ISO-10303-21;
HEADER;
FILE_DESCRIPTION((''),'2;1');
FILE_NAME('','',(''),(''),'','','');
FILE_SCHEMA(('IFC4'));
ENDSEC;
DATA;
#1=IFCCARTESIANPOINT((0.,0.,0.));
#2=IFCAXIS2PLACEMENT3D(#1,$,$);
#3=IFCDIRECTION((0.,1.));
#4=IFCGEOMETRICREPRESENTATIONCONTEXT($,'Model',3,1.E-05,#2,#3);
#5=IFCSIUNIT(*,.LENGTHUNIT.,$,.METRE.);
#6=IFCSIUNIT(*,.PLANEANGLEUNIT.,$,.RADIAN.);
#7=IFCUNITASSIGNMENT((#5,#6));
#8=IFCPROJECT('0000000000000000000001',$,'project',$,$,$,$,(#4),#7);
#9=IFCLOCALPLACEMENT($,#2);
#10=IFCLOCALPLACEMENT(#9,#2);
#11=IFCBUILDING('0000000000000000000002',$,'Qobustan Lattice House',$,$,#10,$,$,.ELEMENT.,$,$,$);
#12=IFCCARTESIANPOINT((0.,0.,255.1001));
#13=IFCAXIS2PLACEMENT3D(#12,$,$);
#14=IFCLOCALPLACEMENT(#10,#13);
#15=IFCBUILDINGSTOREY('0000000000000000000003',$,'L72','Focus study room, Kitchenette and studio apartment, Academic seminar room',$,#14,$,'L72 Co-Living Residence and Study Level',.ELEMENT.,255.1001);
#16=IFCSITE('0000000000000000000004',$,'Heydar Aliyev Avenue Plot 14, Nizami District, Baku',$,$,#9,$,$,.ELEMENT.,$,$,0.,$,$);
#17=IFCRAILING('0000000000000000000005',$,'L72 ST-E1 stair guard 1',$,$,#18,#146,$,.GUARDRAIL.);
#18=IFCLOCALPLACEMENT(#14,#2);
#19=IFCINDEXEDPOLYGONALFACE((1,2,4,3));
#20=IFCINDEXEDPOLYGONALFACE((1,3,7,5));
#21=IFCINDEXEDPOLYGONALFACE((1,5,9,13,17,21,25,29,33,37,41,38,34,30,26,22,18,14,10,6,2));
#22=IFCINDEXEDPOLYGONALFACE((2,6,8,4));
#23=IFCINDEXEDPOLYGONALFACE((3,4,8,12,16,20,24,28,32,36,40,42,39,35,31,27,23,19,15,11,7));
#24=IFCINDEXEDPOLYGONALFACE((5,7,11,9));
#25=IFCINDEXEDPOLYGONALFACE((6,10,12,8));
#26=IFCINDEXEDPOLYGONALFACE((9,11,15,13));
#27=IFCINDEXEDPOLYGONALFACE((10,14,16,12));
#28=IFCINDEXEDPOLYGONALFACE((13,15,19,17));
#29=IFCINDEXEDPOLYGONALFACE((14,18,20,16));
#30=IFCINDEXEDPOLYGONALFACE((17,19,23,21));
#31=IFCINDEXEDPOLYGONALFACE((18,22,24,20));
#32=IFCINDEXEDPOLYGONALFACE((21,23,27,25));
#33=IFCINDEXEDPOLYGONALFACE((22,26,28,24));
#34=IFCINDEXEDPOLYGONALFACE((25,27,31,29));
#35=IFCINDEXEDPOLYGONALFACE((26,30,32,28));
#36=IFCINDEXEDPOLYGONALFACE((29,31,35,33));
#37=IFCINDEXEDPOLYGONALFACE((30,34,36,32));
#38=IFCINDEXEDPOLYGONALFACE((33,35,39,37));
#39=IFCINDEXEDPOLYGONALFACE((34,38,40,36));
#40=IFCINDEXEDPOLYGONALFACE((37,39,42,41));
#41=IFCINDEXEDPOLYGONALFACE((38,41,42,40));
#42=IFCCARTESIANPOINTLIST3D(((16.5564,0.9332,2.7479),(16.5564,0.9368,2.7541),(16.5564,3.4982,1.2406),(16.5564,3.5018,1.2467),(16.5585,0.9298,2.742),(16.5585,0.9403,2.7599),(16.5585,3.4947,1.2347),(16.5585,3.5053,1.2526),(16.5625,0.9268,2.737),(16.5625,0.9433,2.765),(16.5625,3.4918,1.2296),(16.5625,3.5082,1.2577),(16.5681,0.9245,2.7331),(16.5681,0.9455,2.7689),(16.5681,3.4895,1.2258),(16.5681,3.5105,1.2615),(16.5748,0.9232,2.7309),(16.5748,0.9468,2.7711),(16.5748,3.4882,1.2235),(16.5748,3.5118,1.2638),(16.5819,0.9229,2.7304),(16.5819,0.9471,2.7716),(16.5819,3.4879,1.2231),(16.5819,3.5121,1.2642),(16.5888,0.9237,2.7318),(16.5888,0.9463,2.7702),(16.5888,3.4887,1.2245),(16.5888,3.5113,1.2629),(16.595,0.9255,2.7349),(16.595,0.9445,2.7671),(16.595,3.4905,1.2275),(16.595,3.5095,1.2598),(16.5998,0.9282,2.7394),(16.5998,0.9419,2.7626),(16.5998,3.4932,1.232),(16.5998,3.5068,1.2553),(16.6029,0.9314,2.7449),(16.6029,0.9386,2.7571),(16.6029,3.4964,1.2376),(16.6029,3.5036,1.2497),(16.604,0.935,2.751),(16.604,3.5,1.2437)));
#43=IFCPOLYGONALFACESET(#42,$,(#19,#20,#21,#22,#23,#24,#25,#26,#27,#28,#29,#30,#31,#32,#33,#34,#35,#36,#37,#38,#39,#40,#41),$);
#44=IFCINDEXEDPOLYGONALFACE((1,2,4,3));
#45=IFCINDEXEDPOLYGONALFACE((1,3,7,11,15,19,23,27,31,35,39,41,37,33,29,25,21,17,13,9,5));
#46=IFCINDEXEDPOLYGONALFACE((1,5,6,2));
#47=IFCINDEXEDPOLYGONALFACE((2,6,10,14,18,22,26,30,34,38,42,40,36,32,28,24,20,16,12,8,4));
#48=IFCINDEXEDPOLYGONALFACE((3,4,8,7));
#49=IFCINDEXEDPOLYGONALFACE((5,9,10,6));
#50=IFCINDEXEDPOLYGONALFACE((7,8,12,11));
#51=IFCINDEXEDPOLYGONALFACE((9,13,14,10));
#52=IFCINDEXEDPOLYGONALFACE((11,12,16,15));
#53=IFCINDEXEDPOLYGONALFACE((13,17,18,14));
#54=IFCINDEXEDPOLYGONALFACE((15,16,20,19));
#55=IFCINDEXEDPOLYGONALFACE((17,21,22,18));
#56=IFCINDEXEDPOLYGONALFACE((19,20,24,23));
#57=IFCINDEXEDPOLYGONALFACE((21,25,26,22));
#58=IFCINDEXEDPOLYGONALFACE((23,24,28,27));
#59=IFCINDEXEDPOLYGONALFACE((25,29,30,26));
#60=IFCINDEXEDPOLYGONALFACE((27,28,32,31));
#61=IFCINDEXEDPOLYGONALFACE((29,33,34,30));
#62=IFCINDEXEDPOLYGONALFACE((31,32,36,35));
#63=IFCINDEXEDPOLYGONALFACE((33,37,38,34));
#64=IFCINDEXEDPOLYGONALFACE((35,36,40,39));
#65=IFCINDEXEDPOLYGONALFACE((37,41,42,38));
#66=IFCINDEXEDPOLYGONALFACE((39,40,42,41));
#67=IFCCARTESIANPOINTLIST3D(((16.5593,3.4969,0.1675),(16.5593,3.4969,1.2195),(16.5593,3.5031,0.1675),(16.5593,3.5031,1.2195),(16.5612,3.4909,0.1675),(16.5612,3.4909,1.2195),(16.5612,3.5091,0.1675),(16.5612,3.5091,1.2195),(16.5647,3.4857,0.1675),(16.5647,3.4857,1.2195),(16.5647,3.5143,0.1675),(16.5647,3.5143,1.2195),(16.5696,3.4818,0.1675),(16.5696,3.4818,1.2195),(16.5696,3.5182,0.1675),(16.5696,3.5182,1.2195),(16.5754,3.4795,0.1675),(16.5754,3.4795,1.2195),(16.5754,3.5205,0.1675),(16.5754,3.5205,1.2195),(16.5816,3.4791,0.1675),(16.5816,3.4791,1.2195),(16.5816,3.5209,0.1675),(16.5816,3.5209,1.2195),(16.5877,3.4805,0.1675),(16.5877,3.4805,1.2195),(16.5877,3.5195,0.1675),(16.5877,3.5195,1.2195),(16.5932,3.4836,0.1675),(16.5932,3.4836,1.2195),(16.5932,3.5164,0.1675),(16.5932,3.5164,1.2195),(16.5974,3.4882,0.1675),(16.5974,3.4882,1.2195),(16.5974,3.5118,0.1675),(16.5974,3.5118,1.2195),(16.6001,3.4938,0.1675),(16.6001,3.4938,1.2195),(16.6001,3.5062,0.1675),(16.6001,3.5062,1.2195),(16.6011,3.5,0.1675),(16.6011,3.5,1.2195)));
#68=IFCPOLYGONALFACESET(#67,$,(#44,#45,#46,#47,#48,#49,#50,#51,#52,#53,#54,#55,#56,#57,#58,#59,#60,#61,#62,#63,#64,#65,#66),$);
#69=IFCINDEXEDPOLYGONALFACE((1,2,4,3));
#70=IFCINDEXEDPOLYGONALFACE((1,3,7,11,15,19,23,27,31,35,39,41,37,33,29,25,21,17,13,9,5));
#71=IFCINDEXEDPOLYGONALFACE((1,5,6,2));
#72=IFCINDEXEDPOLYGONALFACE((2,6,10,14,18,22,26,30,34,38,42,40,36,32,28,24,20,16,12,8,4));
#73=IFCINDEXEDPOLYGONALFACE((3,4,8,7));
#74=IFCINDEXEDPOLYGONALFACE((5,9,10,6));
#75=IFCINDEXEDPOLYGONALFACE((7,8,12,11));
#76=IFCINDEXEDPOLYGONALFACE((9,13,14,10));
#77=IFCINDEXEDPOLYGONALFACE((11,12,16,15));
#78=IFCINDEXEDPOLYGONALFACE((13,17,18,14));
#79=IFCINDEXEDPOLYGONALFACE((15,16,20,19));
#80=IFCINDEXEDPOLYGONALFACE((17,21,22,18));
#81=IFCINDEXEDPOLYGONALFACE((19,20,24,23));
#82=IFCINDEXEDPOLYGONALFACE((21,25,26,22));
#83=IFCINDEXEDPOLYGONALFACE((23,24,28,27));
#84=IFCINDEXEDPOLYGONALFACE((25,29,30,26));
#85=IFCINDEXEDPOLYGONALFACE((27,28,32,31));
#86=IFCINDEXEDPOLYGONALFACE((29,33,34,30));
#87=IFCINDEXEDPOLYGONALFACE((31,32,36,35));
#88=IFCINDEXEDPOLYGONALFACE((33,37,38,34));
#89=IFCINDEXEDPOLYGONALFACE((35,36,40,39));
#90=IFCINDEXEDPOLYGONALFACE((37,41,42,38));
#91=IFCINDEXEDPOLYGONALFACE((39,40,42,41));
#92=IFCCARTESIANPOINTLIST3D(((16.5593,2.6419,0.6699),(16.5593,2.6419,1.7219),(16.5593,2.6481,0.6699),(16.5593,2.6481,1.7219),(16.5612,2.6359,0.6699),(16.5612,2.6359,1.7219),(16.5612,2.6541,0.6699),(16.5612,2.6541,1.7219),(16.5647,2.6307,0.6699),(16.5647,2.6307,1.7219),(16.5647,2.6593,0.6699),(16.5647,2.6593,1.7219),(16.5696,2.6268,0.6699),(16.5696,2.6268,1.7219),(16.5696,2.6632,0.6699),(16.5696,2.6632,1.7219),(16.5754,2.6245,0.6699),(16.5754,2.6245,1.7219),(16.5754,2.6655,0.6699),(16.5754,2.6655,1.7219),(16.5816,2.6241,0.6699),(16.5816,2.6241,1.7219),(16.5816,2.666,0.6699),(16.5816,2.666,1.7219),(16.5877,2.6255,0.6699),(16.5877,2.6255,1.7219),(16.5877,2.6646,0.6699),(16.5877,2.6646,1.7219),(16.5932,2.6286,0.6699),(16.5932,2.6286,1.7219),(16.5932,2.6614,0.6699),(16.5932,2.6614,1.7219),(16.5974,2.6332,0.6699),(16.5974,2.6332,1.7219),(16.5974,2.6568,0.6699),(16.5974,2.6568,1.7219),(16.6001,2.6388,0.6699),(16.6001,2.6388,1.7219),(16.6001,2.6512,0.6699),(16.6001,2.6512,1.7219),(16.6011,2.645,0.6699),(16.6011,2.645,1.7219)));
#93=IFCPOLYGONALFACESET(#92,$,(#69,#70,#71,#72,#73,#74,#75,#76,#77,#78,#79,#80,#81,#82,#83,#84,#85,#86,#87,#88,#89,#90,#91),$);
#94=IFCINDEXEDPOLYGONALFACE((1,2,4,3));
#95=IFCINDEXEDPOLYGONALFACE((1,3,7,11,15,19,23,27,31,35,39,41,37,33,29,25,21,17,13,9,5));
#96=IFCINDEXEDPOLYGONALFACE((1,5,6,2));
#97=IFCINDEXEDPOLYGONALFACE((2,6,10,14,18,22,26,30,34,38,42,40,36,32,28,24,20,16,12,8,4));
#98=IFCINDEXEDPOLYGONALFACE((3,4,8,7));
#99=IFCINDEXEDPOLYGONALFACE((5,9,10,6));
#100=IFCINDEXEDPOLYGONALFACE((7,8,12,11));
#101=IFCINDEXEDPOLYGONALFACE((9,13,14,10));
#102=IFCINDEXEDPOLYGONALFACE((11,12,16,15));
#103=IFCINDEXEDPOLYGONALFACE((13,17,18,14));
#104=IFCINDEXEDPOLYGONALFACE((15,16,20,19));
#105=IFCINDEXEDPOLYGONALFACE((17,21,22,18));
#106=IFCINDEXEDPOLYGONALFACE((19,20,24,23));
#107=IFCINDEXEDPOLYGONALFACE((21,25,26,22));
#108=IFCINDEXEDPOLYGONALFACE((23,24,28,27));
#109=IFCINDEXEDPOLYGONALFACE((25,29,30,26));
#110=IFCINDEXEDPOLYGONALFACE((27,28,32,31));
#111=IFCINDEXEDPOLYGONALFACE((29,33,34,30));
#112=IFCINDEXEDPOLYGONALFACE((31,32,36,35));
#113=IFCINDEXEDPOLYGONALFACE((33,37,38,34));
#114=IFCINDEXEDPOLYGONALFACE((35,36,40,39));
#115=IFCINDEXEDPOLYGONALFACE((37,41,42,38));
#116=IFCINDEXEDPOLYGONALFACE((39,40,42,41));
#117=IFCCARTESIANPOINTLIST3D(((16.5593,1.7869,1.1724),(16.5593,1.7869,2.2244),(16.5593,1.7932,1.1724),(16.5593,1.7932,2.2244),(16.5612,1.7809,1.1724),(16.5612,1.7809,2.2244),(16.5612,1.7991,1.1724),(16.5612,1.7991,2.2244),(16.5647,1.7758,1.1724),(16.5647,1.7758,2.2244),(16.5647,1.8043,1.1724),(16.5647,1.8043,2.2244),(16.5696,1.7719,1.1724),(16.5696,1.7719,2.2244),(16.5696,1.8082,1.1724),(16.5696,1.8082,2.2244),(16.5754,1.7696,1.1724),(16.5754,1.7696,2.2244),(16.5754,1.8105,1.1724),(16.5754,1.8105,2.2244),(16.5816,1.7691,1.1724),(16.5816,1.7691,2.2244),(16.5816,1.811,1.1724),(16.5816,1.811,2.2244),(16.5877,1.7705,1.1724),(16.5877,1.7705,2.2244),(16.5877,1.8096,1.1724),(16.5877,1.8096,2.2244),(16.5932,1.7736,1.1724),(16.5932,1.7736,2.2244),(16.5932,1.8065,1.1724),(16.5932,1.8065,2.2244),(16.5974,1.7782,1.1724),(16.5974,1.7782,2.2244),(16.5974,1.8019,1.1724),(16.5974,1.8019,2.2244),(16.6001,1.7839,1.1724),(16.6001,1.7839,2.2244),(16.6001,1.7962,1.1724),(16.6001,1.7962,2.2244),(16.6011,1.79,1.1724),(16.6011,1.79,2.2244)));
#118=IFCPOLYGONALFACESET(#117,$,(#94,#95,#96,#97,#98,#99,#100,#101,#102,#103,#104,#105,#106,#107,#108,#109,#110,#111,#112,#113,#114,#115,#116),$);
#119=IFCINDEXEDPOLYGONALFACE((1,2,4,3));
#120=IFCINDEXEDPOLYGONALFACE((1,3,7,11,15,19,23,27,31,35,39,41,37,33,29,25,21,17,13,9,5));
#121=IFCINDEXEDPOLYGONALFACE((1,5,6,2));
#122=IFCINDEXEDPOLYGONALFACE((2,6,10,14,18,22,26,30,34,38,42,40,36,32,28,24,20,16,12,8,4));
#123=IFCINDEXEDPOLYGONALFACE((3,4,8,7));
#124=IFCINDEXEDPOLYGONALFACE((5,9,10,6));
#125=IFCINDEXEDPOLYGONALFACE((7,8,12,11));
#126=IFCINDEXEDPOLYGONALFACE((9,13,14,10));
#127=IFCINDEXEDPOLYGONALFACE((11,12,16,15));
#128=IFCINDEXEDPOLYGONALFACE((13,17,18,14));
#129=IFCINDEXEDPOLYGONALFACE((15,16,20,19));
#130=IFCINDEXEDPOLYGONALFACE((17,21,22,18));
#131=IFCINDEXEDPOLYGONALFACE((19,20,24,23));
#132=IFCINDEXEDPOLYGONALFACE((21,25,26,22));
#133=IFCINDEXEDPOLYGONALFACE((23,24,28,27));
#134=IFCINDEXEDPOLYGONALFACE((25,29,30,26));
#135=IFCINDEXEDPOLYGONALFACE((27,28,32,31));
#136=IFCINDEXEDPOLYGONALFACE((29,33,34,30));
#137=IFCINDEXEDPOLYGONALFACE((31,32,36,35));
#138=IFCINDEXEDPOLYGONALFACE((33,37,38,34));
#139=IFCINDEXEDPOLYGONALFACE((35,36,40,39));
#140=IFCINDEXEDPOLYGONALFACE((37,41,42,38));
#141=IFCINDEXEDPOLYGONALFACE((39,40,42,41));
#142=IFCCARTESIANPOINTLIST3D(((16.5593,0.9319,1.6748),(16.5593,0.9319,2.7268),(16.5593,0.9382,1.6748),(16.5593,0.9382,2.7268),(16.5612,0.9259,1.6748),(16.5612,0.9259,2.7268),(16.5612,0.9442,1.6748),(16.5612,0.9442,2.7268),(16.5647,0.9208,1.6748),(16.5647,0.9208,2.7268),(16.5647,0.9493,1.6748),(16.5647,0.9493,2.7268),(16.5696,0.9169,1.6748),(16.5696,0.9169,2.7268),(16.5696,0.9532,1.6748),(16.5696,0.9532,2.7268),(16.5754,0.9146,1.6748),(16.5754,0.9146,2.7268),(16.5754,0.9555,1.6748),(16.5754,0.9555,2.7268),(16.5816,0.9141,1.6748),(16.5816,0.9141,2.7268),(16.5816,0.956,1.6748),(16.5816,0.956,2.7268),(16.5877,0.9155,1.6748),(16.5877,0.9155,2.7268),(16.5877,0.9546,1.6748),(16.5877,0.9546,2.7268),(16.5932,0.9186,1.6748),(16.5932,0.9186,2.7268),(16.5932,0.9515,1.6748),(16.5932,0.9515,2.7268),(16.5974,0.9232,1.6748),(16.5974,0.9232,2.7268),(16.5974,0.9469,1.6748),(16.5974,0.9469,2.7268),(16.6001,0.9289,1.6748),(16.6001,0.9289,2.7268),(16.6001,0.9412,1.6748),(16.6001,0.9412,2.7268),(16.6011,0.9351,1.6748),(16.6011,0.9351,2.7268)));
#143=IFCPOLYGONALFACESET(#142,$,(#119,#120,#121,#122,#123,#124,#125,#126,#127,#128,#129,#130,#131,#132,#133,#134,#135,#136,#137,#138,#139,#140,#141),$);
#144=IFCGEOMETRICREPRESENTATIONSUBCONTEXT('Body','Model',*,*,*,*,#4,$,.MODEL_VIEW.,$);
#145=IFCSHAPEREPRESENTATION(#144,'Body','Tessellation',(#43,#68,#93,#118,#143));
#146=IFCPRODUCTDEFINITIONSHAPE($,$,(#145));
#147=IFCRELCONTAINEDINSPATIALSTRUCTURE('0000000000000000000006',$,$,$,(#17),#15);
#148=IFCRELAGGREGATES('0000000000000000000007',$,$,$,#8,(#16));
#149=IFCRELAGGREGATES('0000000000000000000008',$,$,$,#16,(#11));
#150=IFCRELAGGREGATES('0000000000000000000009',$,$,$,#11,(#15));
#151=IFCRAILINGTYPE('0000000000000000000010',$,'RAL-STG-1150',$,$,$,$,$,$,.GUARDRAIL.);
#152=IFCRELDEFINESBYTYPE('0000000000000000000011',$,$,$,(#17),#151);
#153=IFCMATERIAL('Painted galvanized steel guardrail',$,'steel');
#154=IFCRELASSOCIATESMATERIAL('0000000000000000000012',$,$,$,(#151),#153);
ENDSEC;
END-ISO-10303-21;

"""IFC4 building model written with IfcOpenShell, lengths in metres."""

from ifc_helpers import new_model, si_unit, direction, frame, origin, origin_2d, place, context, subcontext, project, spatial, circle, extrude, material, type_object, element, save


model = new_model("IFC4")

# Units and contexts
model_context = context("Model", 3, precision=1e-05, world=origin(), true_north=direction((0.0, 1.0)))
body_context = subcontext(model_context, "Body", "Model", "MODEL_VIEW")
ifc_project = project(units=[si_unit("LENGTHUNIT", "METRE"), si_unit("PLANEANGLEUNIT", "RADIAN")], contexts=[model_context])

# Site, building, storey
site_placement = place(None, origin())
site = spatial("IfcSite", under=ifc_project, at=site_placement, Name="Heydar Aliyev Avenue Plot 14, Nizami District, Baku", CompositionType="ELEMENT", RefElevation=0.0)
building_placement = place(site_placement, origin())
building = spatial("IfcBuilding", under=site, at=building_placement, Name="Qobustan Lattice House", CompositionType="ELEMENT")
storey_placement = place(building_placement, frame((0.0, 0.0, 255.1001)))
storey = spatial("IfcBuildingStorey", under=building, at=storey_placement, Name="L72", Description="Focus study room, Kitchenette and studio apartment, Academic seminar room", LongName="L72 Co-Living Residence and Study Level", CompositionType="ELEMENT", Elevation=255.1001)

# Railing
ifc_material_1 = material(Name="Painted galvanized steel guardrail", Category="steel")
railing_type_1 = type_object("IfcRailingType", Name="RAL-STG-1150", PredefinedType="GUARDRAIL", material=ifc_material_1)
railing_1_placement = place(storey_placement, frame((16.5801, 3.5, 0.1675)))
element("IfcRailing", 1, at=railing_1_placement, inside=storey, type_object=railing_type_1, Name="L72 ST-E1 stair guard 1", PredefinedType="GUARDRAIL", context=body_context, shape_type="SweptSolid", body=[
    extrude(circle(Radius=0.0239, at=origin_2d()), frame((0.0, 0.0, 1.0762), z_axis=(0.0, -0.862149, 0.506654), x_axis=(1.0, 0.0, 0.0)), (0.0, 0.0, 1.0), 2.9751),
    extrude(circle(Radius=0.021, at=origin_2d()), origin(), (0.0, 0.0, 1.0), 1.052),
    extrude(circle(Radius=0.021, at=origin_2d()), frame((0.0, -0.855, 0.5024)), (0.0, 0.0, 1.0), 1.052),
    extrude(circle(Radius=0.021, at=origin_2d()), frame((0.0, -1.71, 1.0049)), (0.0, 0.0, 1.0), 1.052),
    extrude(circle(Radius=0.021, at=origin_2d()), frame((0.0, -2.5649, 1.5073)), (0.0, 0.0, 1.0), 1.052),
])

save(model, "model.ifc")
